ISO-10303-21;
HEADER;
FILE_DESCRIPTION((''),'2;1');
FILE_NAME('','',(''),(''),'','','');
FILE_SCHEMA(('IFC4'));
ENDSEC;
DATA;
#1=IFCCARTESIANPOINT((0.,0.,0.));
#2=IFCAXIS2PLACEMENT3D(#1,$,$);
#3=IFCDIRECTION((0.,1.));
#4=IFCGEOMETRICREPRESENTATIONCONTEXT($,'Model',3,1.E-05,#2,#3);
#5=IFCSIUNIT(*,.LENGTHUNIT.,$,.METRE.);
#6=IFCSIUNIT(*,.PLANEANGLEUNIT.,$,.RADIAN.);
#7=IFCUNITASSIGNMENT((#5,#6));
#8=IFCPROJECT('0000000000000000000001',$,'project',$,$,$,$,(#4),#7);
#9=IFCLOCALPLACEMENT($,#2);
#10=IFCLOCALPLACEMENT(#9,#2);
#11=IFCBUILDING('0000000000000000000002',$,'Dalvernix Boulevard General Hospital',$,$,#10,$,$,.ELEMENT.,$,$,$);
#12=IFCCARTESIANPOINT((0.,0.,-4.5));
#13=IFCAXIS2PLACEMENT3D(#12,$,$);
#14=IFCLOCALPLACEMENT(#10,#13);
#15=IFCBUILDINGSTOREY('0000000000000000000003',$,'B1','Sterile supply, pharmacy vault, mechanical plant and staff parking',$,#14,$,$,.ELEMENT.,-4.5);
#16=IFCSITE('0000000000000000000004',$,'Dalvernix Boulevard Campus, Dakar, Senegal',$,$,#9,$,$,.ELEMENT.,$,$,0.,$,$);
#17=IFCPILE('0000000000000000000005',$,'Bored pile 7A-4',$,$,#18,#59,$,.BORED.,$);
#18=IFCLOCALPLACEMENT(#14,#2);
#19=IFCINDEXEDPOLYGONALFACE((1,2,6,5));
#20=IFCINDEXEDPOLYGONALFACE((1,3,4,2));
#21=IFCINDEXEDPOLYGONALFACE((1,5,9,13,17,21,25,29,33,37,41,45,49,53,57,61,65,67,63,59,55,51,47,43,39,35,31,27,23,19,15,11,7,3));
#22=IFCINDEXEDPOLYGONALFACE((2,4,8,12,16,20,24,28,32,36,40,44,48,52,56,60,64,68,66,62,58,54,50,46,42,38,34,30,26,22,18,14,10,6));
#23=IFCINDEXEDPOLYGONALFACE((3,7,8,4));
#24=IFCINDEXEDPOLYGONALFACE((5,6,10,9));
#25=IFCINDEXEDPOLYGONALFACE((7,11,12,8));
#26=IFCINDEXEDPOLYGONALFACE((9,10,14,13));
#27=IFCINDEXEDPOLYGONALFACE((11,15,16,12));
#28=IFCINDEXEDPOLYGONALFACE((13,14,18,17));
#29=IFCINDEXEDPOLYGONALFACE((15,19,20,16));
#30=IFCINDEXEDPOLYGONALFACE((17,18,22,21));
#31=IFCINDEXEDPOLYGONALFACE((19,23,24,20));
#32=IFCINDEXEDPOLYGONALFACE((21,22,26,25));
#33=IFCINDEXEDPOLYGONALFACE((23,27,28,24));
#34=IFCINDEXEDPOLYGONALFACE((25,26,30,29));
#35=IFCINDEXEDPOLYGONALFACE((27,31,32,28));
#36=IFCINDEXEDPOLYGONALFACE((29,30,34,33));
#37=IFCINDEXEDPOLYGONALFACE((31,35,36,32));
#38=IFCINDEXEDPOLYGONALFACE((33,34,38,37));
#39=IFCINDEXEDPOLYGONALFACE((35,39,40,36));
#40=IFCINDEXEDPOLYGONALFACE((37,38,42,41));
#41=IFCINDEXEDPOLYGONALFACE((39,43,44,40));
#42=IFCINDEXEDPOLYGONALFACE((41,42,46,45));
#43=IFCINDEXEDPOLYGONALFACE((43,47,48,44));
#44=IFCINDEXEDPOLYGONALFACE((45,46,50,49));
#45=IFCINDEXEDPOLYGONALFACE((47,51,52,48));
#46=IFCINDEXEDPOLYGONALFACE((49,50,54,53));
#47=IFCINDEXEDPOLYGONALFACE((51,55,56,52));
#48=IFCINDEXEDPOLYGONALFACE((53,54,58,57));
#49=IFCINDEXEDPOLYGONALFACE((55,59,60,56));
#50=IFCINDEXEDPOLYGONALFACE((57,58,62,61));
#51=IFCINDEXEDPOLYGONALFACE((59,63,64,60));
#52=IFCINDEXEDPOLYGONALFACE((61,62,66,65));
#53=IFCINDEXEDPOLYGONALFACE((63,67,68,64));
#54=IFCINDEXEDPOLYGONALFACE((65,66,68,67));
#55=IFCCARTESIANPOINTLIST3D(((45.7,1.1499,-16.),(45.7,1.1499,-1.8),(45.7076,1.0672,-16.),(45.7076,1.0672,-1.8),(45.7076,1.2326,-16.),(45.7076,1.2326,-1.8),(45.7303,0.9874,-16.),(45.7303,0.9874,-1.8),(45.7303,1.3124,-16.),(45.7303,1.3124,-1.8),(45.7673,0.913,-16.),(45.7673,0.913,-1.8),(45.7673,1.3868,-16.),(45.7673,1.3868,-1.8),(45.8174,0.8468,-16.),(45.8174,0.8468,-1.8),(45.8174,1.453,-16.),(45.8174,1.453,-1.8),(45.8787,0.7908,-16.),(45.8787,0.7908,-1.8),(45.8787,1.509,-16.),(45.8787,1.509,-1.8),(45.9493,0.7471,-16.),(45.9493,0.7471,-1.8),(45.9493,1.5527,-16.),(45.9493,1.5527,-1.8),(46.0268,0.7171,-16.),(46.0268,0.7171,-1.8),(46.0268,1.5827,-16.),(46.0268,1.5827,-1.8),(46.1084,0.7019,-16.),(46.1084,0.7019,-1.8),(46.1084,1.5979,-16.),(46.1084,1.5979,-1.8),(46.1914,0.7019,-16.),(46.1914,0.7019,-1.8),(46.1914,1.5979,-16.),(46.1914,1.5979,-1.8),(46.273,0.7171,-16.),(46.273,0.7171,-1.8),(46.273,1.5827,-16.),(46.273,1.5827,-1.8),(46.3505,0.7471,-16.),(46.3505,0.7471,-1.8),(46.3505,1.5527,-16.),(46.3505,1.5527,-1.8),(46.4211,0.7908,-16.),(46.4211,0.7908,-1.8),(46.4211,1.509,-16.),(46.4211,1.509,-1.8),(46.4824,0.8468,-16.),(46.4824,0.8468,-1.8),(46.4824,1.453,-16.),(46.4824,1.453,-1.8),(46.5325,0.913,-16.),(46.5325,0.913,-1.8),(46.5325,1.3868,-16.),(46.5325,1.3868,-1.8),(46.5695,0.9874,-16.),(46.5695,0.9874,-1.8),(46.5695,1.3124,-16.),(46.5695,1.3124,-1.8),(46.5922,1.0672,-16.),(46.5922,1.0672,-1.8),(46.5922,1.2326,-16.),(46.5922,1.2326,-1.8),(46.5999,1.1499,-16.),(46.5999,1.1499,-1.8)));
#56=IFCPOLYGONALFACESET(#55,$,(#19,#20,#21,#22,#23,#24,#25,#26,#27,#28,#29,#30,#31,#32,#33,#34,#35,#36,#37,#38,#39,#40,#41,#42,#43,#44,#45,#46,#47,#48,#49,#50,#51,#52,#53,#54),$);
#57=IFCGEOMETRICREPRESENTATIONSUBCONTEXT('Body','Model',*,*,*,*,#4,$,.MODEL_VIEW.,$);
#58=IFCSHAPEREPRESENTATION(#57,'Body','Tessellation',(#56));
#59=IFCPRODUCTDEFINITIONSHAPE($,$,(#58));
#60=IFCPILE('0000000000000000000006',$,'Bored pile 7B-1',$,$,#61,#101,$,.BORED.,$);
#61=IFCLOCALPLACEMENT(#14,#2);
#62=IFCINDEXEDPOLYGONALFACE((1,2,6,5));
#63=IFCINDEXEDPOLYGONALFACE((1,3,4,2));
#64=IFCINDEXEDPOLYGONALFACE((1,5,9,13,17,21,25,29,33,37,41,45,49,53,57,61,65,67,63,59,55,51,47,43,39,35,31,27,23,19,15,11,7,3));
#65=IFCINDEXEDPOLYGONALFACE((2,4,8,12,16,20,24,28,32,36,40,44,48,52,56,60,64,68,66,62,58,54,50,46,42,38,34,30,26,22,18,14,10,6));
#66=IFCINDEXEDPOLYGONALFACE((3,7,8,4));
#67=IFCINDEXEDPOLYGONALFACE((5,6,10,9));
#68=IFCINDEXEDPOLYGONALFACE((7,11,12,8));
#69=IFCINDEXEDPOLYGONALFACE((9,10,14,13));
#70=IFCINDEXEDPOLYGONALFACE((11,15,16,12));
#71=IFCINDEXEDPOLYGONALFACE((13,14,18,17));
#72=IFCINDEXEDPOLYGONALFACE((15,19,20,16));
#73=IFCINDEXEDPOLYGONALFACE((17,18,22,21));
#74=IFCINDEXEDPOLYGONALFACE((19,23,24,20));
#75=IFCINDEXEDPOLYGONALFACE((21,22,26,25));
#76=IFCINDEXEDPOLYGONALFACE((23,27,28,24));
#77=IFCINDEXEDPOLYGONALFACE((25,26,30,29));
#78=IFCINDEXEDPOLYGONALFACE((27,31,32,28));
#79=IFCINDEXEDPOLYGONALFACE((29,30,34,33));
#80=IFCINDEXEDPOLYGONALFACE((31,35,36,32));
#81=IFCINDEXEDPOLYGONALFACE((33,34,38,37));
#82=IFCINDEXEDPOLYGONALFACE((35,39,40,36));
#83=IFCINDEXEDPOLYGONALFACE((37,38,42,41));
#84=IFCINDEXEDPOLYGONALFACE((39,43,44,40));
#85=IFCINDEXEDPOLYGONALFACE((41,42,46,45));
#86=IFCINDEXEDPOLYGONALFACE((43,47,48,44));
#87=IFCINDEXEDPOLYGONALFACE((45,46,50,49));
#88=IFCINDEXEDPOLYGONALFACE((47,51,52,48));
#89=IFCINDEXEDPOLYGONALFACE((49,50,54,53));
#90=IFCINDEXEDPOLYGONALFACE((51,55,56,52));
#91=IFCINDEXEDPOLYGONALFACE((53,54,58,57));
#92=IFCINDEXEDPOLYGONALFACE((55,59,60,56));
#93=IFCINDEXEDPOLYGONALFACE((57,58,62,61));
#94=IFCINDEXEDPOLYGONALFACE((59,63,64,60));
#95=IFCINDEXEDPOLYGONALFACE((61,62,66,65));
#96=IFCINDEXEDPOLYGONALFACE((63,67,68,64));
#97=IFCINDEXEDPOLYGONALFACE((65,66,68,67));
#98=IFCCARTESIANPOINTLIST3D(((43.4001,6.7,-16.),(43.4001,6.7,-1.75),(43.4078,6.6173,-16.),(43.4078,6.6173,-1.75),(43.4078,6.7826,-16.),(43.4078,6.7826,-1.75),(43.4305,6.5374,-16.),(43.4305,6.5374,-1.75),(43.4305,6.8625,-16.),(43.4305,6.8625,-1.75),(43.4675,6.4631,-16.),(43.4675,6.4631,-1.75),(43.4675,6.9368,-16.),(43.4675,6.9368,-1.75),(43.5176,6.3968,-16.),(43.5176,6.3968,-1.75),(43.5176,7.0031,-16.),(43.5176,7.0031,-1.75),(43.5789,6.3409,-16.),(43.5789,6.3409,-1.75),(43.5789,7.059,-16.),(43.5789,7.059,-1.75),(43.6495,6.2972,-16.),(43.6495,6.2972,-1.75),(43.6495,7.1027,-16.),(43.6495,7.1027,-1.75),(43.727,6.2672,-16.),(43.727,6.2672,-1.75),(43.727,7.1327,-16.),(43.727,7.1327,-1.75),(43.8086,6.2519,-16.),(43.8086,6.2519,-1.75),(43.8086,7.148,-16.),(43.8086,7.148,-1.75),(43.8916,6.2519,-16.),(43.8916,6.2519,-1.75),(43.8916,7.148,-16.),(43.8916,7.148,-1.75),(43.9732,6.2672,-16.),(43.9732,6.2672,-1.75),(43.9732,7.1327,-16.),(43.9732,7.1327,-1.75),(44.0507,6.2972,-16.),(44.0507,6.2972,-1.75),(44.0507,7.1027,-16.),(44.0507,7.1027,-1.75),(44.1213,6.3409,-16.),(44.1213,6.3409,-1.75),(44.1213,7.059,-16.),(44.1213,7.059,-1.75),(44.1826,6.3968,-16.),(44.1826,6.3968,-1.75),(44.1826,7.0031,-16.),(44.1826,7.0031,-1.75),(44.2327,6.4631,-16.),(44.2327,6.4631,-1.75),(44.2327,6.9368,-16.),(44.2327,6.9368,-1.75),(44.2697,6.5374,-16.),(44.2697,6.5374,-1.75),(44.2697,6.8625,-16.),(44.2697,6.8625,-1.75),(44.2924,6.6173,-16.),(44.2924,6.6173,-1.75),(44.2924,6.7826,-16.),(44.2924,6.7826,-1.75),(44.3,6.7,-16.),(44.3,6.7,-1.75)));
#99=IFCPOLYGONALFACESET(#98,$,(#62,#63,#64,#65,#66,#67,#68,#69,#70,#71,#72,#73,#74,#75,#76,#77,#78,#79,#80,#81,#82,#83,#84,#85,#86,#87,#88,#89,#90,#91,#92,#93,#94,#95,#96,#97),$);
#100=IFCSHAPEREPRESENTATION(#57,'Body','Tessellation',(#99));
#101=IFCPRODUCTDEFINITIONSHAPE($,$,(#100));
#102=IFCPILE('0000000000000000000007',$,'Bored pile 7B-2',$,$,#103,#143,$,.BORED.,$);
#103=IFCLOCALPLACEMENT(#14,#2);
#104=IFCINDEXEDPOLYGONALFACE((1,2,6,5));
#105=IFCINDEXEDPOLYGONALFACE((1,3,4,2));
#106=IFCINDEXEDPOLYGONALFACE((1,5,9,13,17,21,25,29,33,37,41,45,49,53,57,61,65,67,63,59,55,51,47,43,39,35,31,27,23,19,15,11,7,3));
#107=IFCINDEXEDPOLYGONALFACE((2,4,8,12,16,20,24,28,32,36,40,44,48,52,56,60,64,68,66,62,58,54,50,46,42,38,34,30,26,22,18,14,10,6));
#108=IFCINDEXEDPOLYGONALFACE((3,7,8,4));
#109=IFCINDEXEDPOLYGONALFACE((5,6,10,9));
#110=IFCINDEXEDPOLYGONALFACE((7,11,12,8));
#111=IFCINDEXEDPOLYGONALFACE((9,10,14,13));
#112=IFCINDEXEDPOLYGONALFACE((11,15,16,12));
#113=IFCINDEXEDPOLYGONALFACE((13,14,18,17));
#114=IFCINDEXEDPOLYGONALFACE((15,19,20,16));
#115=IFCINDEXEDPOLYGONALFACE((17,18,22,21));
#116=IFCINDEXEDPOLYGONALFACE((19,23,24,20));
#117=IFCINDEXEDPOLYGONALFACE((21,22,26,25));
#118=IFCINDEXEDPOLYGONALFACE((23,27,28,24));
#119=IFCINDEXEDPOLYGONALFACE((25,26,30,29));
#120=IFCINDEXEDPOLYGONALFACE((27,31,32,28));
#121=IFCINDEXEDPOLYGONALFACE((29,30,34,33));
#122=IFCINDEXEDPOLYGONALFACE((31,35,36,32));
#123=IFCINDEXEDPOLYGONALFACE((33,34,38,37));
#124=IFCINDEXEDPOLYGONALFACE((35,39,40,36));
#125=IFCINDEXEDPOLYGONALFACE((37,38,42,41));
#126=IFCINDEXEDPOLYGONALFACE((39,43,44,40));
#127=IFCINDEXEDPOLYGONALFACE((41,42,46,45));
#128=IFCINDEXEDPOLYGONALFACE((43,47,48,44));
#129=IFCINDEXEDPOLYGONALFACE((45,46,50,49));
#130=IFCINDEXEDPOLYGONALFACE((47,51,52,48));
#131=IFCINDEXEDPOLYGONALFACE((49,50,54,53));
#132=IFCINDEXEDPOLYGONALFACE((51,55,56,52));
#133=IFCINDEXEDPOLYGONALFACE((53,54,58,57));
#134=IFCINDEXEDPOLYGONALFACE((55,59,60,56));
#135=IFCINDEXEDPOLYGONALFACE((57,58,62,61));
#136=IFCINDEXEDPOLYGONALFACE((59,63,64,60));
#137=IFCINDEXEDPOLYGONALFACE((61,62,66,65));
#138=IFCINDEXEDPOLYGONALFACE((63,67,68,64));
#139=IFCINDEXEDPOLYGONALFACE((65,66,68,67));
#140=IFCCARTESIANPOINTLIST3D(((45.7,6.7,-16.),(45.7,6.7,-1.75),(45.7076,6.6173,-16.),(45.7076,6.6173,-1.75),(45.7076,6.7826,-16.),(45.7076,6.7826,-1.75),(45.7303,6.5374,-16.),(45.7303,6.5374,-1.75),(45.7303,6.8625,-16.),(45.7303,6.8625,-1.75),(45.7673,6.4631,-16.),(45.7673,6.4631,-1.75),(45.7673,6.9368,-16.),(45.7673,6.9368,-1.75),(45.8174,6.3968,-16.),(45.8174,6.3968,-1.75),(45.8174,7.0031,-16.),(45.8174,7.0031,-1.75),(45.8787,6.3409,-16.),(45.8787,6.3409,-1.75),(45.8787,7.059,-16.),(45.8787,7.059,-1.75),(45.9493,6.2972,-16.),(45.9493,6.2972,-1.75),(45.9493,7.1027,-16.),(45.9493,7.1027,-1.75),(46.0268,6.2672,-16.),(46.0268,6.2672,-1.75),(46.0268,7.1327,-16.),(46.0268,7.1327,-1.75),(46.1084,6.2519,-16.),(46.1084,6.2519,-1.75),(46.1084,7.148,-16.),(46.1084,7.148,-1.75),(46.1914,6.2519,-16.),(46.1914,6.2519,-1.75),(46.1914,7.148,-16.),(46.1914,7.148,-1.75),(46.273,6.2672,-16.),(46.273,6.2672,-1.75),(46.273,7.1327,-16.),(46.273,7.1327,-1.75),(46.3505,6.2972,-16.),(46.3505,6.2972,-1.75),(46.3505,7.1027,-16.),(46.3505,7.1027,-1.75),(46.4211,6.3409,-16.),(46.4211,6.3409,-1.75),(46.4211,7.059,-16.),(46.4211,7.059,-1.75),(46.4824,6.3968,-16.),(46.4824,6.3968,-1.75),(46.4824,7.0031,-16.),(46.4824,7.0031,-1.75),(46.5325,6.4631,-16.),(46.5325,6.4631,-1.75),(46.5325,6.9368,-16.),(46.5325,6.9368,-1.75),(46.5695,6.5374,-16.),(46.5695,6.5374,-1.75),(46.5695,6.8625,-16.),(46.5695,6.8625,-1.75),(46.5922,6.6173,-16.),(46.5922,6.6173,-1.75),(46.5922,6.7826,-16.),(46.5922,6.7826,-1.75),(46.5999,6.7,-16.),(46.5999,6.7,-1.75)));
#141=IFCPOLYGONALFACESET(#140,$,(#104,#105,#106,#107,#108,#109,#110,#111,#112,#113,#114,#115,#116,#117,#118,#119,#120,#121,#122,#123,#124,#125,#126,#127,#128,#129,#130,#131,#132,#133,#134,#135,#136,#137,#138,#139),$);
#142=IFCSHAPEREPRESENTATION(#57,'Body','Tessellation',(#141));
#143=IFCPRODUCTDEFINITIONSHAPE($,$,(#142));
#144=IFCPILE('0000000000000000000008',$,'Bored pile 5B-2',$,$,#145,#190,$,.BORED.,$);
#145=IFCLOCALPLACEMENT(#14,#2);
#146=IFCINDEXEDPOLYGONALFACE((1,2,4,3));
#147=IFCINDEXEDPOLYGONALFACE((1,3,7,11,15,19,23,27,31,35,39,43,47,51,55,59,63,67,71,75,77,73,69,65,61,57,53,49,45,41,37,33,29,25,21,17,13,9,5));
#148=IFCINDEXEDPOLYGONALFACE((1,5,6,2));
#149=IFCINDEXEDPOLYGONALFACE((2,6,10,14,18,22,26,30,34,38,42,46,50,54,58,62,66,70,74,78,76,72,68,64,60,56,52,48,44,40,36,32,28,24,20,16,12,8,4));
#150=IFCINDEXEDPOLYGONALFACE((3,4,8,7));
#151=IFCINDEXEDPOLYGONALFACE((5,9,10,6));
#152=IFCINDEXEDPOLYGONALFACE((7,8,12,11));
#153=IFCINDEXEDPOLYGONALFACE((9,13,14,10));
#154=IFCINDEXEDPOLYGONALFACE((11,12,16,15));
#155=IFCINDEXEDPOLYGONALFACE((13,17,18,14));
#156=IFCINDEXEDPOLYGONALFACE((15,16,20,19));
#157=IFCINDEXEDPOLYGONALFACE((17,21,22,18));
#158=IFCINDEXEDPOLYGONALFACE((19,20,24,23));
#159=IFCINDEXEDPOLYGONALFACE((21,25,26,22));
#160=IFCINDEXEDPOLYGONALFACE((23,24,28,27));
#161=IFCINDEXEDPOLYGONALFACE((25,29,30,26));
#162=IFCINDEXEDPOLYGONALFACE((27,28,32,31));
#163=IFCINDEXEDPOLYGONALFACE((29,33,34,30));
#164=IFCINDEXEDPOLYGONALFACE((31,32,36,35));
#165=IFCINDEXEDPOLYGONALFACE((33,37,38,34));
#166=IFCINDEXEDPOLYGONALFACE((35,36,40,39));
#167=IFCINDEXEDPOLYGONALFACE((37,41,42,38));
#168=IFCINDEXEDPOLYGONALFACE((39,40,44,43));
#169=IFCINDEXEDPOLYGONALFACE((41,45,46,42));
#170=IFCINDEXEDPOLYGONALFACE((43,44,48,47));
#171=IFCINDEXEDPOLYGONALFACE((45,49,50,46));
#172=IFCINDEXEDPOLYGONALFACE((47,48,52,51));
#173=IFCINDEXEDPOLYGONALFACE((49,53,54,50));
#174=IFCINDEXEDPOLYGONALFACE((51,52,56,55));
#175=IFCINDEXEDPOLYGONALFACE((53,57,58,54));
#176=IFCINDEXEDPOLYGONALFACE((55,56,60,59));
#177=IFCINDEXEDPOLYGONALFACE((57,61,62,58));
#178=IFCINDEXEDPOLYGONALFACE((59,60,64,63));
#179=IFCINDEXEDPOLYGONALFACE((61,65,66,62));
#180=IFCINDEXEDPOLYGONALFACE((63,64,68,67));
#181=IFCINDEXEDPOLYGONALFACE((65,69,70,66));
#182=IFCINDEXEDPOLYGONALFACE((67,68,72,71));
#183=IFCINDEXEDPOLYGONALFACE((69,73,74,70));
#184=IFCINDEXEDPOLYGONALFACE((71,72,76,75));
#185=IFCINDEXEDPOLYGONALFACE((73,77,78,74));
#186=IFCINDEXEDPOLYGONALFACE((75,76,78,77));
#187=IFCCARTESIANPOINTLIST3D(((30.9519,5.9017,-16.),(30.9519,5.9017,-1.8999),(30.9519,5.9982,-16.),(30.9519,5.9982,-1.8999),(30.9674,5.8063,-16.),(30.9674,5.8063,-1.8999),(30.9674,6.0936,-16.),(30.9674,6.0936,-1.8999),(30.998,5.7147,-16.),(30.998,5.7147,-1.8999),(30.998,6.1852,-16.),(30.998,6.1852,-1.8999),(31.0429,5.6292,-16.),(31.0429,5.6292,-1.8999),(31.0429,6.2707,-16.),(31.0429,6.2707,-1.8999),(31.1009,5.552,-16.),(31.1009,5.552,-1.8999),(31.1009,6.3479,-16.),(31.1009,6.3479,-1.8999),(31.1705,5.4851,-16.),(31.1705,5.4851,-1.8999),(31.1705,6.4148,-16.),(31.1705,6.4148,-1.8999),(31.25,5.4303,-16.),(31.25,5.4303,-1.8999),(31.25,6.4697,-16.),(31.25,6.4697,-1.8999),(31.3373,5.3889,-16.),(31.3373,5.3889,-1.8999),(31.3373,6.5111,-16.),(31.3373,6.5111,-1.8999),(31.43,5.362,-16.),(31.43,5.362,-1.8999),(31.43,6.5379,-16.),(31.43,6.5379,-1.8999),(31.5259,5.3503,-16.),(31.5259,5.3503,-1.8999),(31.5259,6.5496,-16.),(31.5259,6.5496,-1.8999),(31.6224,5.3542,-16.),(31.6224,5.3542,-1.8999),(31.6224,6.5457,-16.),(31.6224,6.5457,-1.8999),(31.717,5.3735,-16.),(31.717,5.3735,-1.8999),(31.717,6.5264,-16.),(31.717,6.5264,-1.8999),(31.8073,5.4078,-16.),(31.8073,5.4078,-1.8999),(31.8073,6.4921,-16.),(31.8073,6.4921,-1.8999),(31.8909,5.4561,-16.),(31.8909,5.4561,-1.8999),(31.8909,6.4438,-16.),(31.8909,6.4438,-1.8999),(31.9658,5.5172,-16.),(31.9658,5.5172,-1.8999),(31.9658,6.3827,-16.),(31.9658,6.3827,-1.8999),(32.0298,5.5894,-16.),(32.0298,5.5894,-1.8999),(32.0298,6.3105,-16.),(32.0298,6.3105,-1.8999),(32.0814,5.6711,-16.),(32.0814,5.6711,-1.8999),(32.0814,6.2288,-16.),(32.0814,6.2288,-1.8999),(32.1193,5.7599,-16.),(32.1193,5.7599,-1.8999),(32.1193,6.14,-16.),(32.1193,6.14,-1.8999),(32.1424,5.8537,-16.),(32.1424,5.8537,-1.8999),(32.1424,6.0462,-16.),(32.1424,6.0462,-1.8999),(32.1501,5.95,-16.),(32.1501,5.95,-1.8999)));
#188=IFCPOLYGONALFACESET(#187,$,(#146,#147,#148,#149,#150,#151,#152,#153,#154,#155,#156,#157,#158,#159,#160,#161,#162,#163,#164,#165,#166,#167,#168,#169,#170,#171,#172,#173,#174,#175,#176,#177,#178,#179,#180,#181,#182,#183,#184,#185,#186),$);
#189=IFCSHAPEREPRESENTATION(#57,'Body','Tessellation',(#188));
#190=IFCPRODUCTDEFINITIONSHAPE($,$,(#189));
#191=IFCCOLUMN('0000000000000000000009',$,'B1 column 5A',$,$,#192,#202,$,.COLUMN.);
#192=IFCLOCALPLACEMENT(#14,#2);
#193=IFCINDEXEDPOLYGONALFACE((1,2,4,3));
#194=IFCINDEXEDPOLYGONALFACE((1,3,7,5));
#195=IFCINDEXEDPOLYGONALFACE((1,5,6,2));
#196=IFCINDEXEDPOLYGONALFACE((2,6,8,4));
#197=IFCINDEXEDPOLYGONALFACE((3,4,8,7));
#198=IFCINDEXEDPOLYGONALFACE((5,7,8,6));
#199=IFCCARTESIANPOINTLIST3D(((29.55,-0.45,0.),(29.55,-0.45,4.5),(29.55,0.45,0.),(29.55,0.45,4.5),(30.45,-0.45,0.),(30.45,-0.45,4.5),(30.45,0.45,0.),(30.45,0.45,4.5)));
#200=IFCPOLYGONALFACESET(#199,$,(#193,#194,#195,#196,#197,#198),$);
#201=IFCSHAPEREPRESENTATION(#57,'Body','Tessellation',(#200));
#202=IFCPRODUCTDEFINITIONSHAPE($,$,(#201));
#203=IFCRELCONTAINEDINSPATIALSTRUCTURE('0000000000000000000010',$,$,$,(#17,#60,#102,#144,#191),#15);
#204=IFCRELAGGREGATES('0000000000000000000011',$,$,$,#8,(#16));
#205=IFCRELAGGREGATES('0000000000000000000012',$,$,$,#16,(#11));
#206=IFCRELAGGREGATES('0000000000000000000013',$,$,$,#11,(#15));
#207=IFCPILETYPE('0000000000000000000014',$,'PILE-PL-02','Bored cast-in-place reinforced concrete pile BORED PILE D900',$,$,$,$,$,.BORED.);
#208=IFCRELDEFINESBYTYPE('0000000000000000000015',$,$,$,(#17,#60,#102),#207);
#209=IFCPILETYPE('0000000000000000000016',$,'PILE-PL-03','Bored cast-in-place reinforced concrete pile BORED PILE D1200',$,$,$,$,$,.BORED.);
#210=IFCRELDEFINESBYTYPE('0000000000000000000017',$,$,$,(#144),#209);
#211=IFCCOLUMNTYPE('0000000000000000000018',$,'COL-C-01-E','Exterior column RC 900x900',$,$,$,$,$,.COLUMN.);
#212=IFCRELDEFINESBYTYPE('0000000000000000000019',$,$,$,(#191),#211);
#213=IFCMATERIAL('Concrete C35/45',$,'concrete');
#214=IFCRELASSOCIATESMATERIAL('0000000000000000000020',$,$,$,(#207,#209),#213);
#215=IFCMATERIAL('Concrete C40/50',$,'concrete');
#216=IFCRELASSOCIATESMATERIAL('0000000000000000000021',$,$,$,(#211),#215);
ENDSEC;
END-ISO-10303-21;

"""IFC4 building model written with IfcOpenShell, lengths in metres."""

from ifc_helpers import new_model, si_unit, direction, frame, origin, origin_2d, place, context, subcontext, project, spatial, rectangle, circle, extrude, material, material_profile, profile_set, type_object, element, save


model = new_model("IFC4")

# Units and contexts
model_context = context("Model", 3, precision=1e-05, world=origin(), true_north=direction((0.0, 1.0)))
body_context = subcontext(model_context, "Body", "Model", "MODEL_VIEW")
ifc_project = project(units=[si_unit("LENGTHUNIT", "METRE"), si_unit("PLANEANGLEUNIT", "RADIAN")], contexts=[model_context])

# Site, building, storey
site_placement = place(None, origin())
site = spatial("IfcSite", under=ifc_project, at=site_placement, Name="Dalvernix Boulevard Campus, Dakar, Senegal", CompositionType="ELEMENT", RefElevation=0.0)
building_placement = place(site_placement, origin())
building = spatial("IfcBuilding", under=site, at=building_placement, Name="Dalvernix Boulevard General Hospital", CompositionType="ELEMENT")
storey_placement = place(building_placement, frame((0.0, 0.0, -4.5)))
storey = spatial("IfcBuildingStorey", under=building, at=storey_placement, Name="B1", Description="Sterile supply, pharmacy vault, mechanical plant and staff parking", CompositionType="ELEMENT", Elevation=-4.5)

# Shared definitions
ifc_material_1 = material(Name="Concrete C35/45", Category="concrete")
ifc_material_2 = material(Name="Concrete C40/50", Category="concrete")

# Piles
ifc_material_profile_1 = material_profile(ifc_material_1, circle(Radius=0.45, at=origin_2d()), Name="BORED PILE D900")
ifc_profile_set_1 = profile_set([ifc_material_profile_1], Name="Concrete C35/45")
pile_type_1 = type_object("IfcPileType", Name="PILE-PL-02", Description="Bored cast-in-place reinforced concrete pile BORED PILE D900", PredefinedType="BORED", material=ifc_profile_set_1)
for number, where, z_axis, x_axis, name in (
    (1, (46.1499, 1.1499, -1.8), (0.0, 0.0, -1.0), (1.0, 0.0, 0.0), "Bored pile 7A-4"),
):
    element("IfcPile", number, at=place(storey_placement, frame(where, z_axis=z_axis, x_axis=x_axis)), inside=storey, type_object=pile_type_1, Name=name, PredefinedType="BORED", context=body_context, shape_type="SweptSolid", body=[
        extrude(circle(Radius=0.45, at=origin_2d()), origin(), (0.0, 0.0, 1.0), 14.2),
    ])
for number, where, z_axis, x_axis, name in (
    (2, (43.8501, 6.7, -1.75), (0.0, 0.0, -1.0), (1.0, 0.0, 0.0), "Bored pile 7B-1"),
    (3, (46.1499, 6.7, -1.75), (0.0, 0.0, -1.0), (1.0, 0.0, 0.0), "Bored pile 7B-2"),
):
    element("IfcPile", number, at=place(storey_placement, frame(where, z_axis=z_axis, x_axis=x_axis)), inside=storey, type_object=pile_type_1, Name=name, PredefinedType="BORED", context=body_context, shape_type="SweptSolid", body=[
        extrude(circle(Radius=0.45, at=origin_2d()), origin(), (0.0, 0.0, 1.0), 14.25),
    ])
ifc_material_profile_2 = material_profile(ifc_material_1, circle(Radius=0.6001, at=origin_2d()), Name="BORED PILE D1200")
ifc_profile_set_2 = profile_set([ifc_material_profile_2], Name="Concrete C35/45")
pile_type_2 = type_object("IfcPileType", Name="PILE-PL-03", Description="Bored cast-in-place reinforced concrete pile BORED PILE D1200", PredefinedType="BORED", material=ifc_profile_set_2)
pile_placement = place(storey_placement, frame((31.55, 5.95, -1.8999), z_axis=(0.0, 0.0, -1.0), x_axis=(1.0, 0.0, 0.0)))
element("IfcPile", 4, at=pile_placement, inside=storey, type_object=pile_type_2, Name="Bored pile 5B-2", PredefinedType="BORED", context=body_context, shape_type="SweptSolid", body=[
    extrude(circle(Radius=0.6001, at=origin_2d()), origin(), (0.0, 0.0, 1.0), 14.1001),
])

# Column
ifc_material_profile_3 = material_profile(ifc_material_2, rectangle(XDim=0.8999, YDim=0.8999, at=origin_2d()), Name="RC 900x900")
ifc_profile_set_3 = profile_set([ifc_material_profile_3], Name="Concrete C40/50")
column_type_1 = type_object("IfcColumnType", Name="COL-C-01-E", Description="Exterior column RC 900x900", PredefinedType="COLUMN", material=ifc_profile_set_3)
for number, where, z_axis, x_axis, name in (
    (5, (30.0, 0.0, 0.0), (0.0, 0.0, 1.0), (1.0, 0.0, 0.0), "B1 column 5A"),
):
    element("IfcColumn", number, at=place(storey_placement, frame(where, z_axis=z_axis, x_axis=x_axis)), inside=storey, type_object=column_type_1, Name=name, PredefinedType="COLUMN", context=body_context, shape_type="SweptSolid", body=[
        extrude(rectangle(XDim=0.8999, YDim=0.8999, at=origin_2d()), origin(), (0.0, 0.0, 1.0), 4.5),
    ])

save(model, "model.ifc")
